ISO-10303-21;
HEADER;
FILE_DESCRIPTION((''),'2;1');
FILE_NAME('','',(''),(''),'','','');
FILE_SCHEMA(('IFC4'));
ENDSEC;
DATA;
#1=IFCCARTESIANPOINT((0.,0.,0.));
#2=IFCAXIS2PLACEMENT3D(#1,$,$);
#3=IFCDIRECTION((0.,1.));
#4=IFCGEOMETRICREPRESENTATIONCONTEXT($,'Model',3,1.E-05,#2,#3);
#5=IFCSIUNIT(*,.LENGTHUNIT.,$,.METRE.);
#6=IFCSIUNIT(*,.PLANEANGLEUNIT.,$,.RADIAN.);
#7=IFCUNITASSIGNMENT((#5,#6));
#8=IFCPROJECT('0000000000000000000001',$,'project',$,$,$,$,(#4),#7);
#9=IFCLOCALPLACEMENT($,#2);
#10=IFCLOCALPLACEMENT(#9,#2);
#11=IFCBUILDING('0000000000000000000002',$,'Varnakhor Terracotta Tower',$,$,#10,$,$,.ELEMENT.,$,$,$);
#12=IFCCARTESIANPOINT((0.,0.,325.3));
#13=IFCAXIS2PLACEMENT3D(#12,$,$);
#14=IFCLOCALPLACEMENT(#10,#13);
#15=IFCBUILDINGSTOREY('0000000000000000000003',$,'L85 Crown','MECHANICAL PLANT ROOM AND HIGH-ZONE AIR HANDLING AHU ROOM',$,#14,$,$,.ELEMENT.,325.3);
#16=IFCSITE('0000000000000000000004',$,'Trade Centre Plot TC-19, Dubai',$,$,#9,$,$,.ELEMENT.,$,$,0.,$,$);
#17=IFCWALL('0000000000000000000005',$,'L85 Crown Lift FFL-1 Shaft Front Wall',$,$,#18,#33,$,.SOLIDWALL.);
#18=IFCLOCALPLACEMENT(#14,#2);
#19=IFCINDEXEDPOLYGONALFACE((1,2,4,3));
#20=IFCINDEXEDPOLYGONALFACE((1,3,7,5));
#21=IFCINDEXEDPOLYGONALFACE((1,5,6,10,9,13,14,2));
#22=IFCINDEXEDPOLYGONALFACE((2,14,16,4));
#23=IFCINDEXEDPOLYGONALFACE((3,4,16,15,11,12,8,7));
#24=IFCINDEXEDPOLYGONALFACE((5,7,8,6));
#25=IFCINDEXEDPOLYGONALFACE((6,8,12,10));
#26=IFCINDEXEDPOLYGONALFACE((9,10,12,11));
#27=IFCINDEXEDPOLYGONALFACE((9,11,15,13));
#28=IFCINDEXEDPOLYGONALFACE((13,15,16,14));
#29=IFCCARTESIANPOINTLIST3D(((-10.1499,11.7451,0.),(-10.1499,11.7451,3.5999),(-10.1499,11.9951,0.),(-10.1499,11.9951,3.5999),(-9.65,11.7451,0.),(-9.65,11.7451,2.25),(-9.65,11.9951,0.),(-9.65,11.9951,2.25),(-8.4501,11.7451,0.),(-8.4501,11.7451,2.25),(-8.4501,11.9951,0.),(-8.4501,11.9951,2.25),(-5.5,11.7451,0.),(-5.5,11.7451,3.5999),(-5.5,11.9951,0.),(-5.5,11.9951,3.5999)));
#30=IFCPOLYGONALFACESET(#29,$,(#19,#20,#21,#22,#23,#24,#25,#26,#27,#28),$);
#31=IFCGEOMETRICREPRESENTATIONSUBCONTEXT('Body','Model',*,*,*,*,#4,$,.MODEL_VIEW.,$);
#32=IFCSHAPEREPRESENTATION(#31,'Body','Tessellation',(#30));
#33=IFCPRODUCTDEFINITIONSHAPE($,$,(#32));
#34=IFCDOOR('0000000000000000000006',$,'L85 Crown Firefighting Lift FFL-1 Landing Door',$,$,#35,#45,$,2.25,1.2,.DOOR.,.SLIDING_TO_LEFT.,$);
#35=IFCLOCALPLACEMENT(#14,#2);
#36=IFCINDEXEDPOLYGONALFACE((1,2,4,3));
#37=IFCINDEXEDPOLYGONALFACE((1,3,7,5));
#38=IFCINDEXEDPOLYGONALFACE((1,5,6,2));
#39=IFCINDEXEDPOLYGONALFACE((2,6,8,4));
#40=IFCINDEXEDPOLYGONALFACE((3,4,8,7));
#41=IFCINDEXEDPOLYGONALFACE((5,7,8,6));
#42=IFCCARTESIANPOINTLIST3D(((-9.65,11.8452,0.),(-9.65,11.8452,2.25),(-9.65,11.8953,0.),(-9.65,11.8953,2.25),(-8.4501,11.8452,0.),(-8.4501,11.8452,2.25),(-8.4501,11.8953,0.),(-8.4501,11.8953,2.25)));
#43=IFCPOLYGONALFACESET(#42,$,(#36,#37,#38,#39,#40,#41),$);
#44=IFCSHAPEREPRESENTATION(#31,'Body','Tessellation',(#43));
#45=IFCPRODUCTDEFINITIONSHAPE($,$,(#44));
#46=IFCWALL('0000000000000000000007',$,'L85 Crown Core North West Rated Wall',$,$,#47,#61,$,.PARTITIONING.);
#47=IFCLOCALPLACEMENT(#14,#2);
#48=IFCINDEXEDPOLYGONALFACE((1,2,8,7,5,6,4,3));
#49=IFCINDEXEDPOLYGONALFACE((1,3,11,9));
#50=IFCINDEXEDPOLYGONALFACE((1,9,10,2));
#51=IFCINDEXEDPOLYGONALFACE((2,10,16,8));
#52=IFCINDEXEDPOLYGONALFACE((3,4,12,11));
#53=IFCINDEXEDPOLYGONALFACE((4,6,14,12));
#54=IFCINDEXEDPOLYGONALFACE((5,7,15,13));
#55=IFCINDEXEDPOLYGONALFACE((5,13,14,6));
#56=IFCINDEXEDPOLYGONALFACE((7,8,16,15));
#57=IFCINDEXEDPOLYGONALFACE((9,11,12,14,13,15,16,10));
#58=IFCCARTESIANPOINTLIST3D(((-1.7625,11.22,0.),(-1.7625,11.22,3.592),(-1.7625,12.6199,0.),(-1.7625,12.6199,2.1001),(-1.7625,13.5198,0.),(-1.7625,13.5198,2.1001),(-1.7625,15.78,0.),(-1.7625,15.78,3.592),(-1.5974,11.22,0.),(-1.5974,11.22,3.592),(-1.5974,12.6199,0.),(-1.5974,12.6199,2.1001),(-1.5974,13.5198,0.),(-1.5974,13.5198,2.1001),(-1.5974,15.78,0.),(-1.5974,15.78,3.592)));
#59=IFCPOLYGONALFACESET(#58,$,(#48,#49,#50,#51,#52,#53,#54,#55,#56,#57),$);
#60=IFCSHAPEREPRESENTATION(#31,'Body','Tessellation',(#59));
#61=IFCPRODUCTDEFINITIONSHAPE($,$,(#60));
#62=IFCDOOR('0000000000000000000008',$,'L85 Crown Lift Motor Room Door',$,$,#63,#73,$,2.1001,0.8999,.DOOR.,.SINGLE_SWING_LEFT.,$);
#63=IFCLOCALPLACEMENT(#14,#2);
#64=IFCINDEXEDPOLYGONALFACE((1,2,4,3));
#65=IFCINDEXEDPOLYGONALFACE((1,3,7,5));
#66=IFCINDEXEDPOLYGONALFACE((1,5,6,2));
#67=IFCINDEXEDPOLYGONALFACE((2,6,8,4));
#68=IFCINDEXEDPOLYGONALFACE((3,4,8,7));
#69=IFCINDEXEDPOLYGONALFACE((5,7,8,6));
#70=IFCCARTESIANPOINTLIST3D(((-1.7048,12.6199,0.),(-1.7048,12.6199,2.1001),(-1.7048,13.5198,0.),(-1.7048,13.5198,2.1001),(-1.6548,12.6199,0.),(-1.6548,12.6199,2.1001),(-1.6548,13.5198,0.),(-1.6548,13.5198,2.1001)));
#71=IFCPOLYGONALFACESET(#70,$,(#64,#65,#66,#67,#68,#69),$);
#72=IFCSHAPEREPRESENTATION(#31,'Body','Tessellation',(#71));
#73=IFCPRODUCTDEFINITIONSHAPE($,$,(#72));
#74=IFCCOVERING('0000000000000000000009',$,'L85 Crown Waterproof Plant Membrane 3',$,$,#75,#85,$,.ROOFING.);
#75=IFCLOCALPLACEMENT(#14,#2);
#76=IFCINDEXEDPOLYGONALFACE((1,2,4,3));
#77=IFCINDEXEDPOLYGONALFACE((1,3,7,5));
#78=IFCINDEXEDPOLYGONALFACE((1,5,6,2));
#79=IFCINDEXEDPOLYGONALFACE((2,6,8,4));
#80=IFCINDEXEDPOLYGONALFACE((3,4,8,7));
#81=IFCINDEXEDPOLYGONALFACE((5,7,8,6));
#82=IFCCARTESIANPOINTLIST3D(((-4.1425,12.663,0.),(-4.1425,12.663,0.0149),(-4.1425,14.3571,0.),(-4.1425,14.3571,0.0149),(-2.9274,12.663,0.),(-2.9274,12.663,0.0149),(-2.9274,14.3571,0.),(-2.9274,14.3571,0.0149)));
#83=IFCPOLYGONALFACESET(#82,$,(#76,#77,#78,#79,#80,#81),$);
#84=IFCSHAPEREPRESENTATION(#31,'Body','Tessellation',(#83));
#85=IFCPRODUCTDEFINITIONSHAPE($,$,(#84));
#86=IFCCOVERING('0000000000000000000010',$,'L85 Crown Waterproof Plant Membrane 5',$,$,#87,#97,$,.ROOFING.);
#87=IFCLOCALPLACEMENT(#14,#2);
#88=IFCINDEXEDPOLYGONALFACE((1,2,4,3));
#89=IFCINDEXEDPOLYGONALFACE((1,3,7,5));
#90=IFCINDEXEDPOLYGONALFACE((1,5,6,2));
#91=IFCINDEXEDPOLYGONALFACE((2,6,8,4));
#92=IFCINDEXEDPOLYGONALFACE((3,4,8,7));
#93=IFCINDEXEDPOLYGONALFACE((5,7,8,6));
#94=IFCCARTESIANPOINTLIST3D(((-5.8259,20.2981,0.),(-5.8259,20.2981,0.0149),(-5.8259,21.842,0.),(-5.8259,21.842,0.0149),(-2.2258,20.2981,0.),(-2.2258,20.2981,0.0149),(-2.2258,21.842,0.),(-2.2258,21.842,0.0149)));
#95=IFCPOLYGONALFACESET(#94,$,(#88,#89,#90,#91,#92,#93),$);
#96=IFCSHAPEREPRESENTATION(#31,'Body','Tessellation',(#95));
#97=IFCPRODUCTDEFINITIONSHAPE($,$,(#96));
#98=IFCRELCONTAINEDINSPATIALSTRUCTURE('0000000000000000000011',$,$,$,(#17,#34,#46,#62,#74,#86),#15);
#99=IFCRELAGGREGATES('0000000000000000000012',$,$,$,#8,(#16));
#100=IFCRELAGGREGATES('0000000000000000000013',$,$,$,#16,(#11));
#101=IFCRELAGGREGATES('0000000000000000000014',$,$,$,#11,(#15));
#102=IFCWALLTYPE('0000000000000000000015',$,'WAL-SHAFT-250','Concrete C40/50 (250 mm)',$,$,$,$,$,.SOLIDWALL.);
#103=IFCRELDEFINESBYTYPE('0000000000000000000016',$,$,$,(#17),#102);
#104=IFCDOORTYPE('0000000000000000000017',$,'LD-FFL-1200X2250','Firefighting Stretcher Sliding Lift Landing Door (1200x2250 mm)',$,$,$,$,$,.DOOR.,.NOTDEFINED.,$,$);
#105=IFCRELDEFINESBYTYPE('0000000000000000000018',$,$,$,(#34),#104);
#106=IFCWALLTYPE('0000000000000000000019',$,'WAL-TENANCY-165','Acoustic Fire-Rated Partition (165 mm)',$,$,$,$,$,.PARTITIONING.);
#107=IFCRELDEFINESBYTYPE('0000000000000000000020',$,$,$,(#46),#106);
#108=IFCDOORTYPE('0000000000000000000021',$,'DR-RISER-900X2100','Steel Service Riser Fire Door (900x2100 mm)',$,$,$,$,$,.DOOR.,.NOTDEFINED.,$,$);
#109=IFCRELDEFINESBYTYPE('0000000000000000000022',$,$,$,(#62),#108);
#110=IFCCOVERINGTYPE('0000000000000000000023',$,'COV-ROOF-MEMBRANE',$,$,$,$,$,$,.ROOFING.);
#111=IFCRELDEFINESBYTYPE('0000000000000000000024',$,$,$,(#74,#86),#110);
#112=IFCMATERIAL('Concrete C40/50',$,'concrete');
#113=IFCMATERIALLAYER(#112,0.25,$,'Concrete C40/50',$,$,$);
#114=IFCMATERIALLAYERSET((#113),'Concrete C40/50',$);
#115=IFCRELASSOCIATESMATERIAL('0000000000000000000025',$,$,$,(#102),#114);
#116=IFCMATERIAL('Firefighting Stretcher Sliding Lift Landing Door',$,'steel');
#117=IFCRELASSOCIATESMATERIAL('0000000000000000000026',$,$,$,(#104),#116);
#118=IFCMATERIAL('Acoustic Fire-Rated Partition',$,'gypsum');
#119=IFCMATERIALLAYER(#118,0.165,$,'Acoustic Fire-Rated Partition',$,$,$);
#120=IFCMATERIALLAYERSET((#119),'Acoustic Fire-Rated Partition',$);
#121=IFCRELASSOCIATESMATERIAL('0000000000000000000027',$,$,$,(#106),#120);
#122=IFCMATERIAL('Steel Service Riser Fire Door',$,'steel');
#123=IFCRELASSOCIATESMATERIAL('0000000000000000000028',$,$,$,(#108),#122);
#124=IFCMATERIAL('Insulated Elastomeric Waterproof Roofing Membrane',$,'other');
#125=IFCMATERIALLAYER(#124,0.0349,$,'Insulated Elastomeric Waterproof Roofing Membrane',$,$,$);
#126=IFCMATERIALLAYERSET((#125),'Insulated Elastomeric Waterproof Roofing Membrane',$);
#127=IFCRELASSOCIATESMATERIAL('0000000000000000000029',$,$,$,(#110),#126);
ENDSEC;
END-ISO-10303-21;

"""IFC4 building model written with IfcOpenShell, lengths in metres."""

from ifc_helpers import new_model, si_unit, direction, frame, frame_2d, origin, origin_2d, place, context, subcontext, project, spatial, rectangle, extrude, source, transform, mapped, material, layer, layer_set, type_object, type_shapes, element, fill, save


model = new_model("IFC4")

# Units and contexts
model_context = context("Model", 3, precision=1e-05, world=origin(), true_north=direction((0.0, 1.0)))
body_context = subcontext(model_context, "Body", "Model", "MODEL_VIEW")
ifc_project = project(units=[si_unit("LENGTHUNIT", "METRE"), si_unit("PLANEANGLEUNIT", "RADIAN")], contexts=[model_context])

# Site, building, storey
site_placement = place(None, origin())
site = spatial("IfcSite", under=ifc_project, at=site_placement, Name="Trade Centre Plot TC-19, Dubai", CompositionType="ELEMENT", RefElevation=0.0)
building_placement = place(site_placement, origin())
building = spatial("IfcBuilding", under=site, at=building_placement, Name="Varnakhor Terracotta Tower", CompositionType="ELEMENT")
storey_placement = place(building_placement, frame((0.0, 0.0, 325.3)))
storey = spatial("IfcBuildingStorey", under=building, at=storey_placement, Name="L85 Crown", Description="MECHANICAL PLANT ROOM AND HIGH-ZONE AIR HANDLING AHU ROOM", CompositionType="ELEMENT", Elevation=325.3)

# Shared definitions
ifc_material_1 = material(Name="Concrete C40/50", Category="concrete")

# Walls, openings, doors
ifc_layer_1 = layer(ifc_material_1, 0.25, Name="Concrete C40/50")
ifc_layer_set_1 = layer_set([ifc_layer_1], Name="Concrete C40/50")
wall_type_1 = type_object("IfcWallType", Name="WAL-SHAFT-250", Description="Concrete C40/50 (250 mm)", PredefinedType="SOLIDWALL", material=ifc_layer_set_1)
wall_1_placement = place(storey_placement, frame((-5.5, 11.8701, 0.0), z_axis=(0.0, 0.0, 1.0), x_axis=(-1.0, 0.0, 0.0)))
wall_1 = element("IfcWall", 1, at=wall_1_placement, inside=storey, type_object=wall_type_1, Name="L85 Crown Lift FFL-1 Shaft Front Wall", PredefinedType="SOLIDWALL", context=body_context, shape_type="SweptSolid", body=[
    extrude(rectangle(XDim=4.6499, YDim=0.25, at=frame_2d((2.325, 0.0))), origin(), (0.0, 0.0, 1.0), 3.5999),
])
opening_1_placement = place(wall_1_placement, frame((2.95, 0.0, 0.0)))
opening_1 = element("IfcOpeningElement", 2, at=opening_1_placement, cuts=wall_1, PredefinedType="OPENING", context=body_context, shape_type="SweptSolid", body=[
    extrude(rectangle(XDim=1.2, YDim=2.25, at=frame_2d((0.6001, 1.125))), frame((0.0, 0.135, 0.0), z_axis=(0.0, -1.0, 0.0), x_axis=(1.0, 0.0, 0.0)), (0.0, 0.0, 1.0), 0.27),
])
ifc_material_2 = material(Name="Firefighting Stretcher Sliding Lift Landing Door", Category="steel")
door_type_1 = type_object("IfcDoorType", Name="LD-FFL-1200X2250", Description="Firefighting Stretcher Sliding Lift Landing Door (1200x2250 mm)", OperationType="NOTDEFINED", PredefinedType="DOOR", material=ifc_material_2)
shared_shape_1 = source(origin(), body_context, "Body", "SweptSolid", [
    extrude(rectangle(XDim=1.2, YDim=2.25, at=frame_2d((0.6001, 1.125))), frame((0.0, 0.0249, 0.0), z_axis=(0.0, -1.0, 0.0), x_axis=(1.0, 0.0, 0.0)), (0.0, 0.0, 1.0), 0.05),
])
type_shapes(door_type_1, [shared_shape_1])
door_1_placement = place(opening_1_placement, origin())
door_1 = element("IfcDoor", 3, at=door_1_placement, inside=storey, type_object=door_type_1, Name="L85 Crown Firefighting Lift FFL-1 Landing Door", OperationType="SLIDING_TO_LEFT", OverallHeight=2.25, OverallWidth=1.2, PredefinedType="DOOR", context=body_context, shape_type="MappedRepresentation", body=[
    mapped(shared_shape_1, transform((0.0, 0.0, 0.0), scale=1.0)),
])
fill(opening_1, door_1)
ifc_material_3 = material(Name="Acoustic Fire-Rated Partition", Category="gypsum")
ifc_layer_2 = layer(ifc_material_3, 0.165, Name="Acoustic Fire-Rated Partition")
ifc_layer_set_2 = layer_set([ifc_layer_2], Name="Acoustic Fire-Rated Partition")
wall_type_2 = type_object("IfcWallType", Name="WAL-TENANCY-165", Description="Acoustic Fire-Rated Partition (165 mm)", PredefinedType="PARTITIONING", material=ifc_layer_set_2)
wall_2_placement = place(storey_placement, frame((-1.6799, 11.22, 0.0), z_axis=(0.0, 0.0, 1.0), x_axis=(0.0, 1.0, 0.0)))
wall_2 = element("IfcWall", 4, at=wall_2_placement, inside=storey, type_object=wall_type_2, Name="L85 Crown Core North West Rated Wall", PredefinedType="PARTITIONING", context=body_context, shape_type="SweptSolid", body=[
    extrude(rectangle(XDim=4.5601, YDim=0.165, at=frame_2d((2.28, 0.0))), origin(), (0.0, 0.0, 1.0), 3.592),
])
opening_2_placement = place(wall_2_placement, frame((1.3999, 0.0, 0.0)))
opening_2 = element("IfcOpeningElement", 5, at=opening_2_placement, cuts=wall_2, PredefinedType="OPENING", context=body_context, shape_type="SweptSolid", body=[
    extrude(rectangle(XDim=0.8999, YDim=2.1001, at=frame_2d((0.45, 1.05))), frame((0.0, 0.0925, 0.0), z_axis=(0.0, -1.0, 0.0), x_axis=(1.0, 0.0, 0.0)), (0.0, 0.0, 1.0), 0.1851),
])
ifc_material_4 = material(Name="Steel Service Riser Fire Door", Category="steel")
door_type_2 = type_object("IfcDoorType", Name="DR-RISER-900X2100", Description="Steel Service Riser Fire Door (900x2100 mm)", OperationType="NOTDEFINED", PredefinedType="DOOR", material=ifc_material_4)
shared_shape_2 = source(origin(), body_context, "Body", "SweptSolid", [
    extrude(rectangle(XDim=0.8999, YDim=2.1001, at=frame_2d((0.45, 1.05))), frame((0.0, 0.0249, 0.0), z_axis=(0.0, -1.0, 0.0), x_axis=(1.0, 0.0, 0.0)), (0.0, 0.0, 1.0), 0.05),
])
type_shapes(door_type_2, [shared_shape_2])
door_2_placement = place(opening_2_placement, origin())
door_2 = element("IfcDoor", 6, at=door_2_placement, inside=storey, type_object=door_type_2, Name="L85 Crown Lift Motor Room Door", OperationType="SINGLE_SWING_LEFT", OverallHeight=2.1001, OverallWidth=0.8999, PredefinedType="DOOR", context=body_context, shape_type="MappedRepresentation", body=[
    mapped(shared_shape_2, transform((0.0, 0.0, 0.0), scale=1.0)),
])
fill(opening_2, door_2)

# Coverings
ifc_material_5 = material(Name="Insulated Elastomeric Waterproof Roofing Membrane", Category="other")
ifc_layer_3 = layer(ifc_material_5, 0.0349, Name="Insulated Elastomeric Waterproof Roofing Membrane")
ifc_layer_set_3 = layer_set([ifc_layer_3], Name="Insulated Elastomeric Waterproof Roofing Membrane")
covering_type = type_object("IfcCoveringType", Name="COV-ROOF-MEMBRANE", PredefinedType="ROOFING", material=ifc_layer_set_3)
shared_shape_3 = source(origin(), body_context, "Body", "SweptSolid", [
    extrude(rectangle(XDim=1.2151, YDim=1.6941, at=origin_2d()), origin(), (0.0, 0.0, 1.0), 0.0149),
])
covering_1_placement = place(storey_placement, frame((-3.5349, 13.51, 0.0), z_axis=(0.0, 0.0, 1.0), x_axis=(1.0, 0.0, 0.0)))
element("IfcCovering", 7, at=covering_1_placement, inside=storey, type_object=covering_type, Name="L85 Crown Waterproof Plant Membrane 3", PredefinedType="ROOFING", context=body_context, shape_type="MappedRepresentation", body=[
    mapped(shared_shape_3, transform((0.0, 0.0, 0.0), scale=1.0)),
])
shared_shape_4 = source(origin(), body_context, "Body", "SweptSolid", [
    extrude(rectangle(XDim=3.6001, YDim=1.5439, at=origin_2d()), origin(), (0.0, 0.0, 1.0), 0.0149),
])
covering_2_placement = place(storey_placement, frame((-4.0259, 21.0701, 0.0), z_axis=(0.0, 0.0, 1.0), x_axis=(1.0, 0.0, 0.0)))
element("IfcCovering", 8, at=covering_2_placement, inside=storey, type_object=covering_type, Name="L85 Crown Waterproof Plant Membrane 5", PredefinedType="ROOFING", context=body_context, shape_type="MappedRepresentation", body=[
    mapped(shared_shape_4, transform((0.0, 0.0, 0.0), scale=1.0)),
])

save(model, "model.ifc")
